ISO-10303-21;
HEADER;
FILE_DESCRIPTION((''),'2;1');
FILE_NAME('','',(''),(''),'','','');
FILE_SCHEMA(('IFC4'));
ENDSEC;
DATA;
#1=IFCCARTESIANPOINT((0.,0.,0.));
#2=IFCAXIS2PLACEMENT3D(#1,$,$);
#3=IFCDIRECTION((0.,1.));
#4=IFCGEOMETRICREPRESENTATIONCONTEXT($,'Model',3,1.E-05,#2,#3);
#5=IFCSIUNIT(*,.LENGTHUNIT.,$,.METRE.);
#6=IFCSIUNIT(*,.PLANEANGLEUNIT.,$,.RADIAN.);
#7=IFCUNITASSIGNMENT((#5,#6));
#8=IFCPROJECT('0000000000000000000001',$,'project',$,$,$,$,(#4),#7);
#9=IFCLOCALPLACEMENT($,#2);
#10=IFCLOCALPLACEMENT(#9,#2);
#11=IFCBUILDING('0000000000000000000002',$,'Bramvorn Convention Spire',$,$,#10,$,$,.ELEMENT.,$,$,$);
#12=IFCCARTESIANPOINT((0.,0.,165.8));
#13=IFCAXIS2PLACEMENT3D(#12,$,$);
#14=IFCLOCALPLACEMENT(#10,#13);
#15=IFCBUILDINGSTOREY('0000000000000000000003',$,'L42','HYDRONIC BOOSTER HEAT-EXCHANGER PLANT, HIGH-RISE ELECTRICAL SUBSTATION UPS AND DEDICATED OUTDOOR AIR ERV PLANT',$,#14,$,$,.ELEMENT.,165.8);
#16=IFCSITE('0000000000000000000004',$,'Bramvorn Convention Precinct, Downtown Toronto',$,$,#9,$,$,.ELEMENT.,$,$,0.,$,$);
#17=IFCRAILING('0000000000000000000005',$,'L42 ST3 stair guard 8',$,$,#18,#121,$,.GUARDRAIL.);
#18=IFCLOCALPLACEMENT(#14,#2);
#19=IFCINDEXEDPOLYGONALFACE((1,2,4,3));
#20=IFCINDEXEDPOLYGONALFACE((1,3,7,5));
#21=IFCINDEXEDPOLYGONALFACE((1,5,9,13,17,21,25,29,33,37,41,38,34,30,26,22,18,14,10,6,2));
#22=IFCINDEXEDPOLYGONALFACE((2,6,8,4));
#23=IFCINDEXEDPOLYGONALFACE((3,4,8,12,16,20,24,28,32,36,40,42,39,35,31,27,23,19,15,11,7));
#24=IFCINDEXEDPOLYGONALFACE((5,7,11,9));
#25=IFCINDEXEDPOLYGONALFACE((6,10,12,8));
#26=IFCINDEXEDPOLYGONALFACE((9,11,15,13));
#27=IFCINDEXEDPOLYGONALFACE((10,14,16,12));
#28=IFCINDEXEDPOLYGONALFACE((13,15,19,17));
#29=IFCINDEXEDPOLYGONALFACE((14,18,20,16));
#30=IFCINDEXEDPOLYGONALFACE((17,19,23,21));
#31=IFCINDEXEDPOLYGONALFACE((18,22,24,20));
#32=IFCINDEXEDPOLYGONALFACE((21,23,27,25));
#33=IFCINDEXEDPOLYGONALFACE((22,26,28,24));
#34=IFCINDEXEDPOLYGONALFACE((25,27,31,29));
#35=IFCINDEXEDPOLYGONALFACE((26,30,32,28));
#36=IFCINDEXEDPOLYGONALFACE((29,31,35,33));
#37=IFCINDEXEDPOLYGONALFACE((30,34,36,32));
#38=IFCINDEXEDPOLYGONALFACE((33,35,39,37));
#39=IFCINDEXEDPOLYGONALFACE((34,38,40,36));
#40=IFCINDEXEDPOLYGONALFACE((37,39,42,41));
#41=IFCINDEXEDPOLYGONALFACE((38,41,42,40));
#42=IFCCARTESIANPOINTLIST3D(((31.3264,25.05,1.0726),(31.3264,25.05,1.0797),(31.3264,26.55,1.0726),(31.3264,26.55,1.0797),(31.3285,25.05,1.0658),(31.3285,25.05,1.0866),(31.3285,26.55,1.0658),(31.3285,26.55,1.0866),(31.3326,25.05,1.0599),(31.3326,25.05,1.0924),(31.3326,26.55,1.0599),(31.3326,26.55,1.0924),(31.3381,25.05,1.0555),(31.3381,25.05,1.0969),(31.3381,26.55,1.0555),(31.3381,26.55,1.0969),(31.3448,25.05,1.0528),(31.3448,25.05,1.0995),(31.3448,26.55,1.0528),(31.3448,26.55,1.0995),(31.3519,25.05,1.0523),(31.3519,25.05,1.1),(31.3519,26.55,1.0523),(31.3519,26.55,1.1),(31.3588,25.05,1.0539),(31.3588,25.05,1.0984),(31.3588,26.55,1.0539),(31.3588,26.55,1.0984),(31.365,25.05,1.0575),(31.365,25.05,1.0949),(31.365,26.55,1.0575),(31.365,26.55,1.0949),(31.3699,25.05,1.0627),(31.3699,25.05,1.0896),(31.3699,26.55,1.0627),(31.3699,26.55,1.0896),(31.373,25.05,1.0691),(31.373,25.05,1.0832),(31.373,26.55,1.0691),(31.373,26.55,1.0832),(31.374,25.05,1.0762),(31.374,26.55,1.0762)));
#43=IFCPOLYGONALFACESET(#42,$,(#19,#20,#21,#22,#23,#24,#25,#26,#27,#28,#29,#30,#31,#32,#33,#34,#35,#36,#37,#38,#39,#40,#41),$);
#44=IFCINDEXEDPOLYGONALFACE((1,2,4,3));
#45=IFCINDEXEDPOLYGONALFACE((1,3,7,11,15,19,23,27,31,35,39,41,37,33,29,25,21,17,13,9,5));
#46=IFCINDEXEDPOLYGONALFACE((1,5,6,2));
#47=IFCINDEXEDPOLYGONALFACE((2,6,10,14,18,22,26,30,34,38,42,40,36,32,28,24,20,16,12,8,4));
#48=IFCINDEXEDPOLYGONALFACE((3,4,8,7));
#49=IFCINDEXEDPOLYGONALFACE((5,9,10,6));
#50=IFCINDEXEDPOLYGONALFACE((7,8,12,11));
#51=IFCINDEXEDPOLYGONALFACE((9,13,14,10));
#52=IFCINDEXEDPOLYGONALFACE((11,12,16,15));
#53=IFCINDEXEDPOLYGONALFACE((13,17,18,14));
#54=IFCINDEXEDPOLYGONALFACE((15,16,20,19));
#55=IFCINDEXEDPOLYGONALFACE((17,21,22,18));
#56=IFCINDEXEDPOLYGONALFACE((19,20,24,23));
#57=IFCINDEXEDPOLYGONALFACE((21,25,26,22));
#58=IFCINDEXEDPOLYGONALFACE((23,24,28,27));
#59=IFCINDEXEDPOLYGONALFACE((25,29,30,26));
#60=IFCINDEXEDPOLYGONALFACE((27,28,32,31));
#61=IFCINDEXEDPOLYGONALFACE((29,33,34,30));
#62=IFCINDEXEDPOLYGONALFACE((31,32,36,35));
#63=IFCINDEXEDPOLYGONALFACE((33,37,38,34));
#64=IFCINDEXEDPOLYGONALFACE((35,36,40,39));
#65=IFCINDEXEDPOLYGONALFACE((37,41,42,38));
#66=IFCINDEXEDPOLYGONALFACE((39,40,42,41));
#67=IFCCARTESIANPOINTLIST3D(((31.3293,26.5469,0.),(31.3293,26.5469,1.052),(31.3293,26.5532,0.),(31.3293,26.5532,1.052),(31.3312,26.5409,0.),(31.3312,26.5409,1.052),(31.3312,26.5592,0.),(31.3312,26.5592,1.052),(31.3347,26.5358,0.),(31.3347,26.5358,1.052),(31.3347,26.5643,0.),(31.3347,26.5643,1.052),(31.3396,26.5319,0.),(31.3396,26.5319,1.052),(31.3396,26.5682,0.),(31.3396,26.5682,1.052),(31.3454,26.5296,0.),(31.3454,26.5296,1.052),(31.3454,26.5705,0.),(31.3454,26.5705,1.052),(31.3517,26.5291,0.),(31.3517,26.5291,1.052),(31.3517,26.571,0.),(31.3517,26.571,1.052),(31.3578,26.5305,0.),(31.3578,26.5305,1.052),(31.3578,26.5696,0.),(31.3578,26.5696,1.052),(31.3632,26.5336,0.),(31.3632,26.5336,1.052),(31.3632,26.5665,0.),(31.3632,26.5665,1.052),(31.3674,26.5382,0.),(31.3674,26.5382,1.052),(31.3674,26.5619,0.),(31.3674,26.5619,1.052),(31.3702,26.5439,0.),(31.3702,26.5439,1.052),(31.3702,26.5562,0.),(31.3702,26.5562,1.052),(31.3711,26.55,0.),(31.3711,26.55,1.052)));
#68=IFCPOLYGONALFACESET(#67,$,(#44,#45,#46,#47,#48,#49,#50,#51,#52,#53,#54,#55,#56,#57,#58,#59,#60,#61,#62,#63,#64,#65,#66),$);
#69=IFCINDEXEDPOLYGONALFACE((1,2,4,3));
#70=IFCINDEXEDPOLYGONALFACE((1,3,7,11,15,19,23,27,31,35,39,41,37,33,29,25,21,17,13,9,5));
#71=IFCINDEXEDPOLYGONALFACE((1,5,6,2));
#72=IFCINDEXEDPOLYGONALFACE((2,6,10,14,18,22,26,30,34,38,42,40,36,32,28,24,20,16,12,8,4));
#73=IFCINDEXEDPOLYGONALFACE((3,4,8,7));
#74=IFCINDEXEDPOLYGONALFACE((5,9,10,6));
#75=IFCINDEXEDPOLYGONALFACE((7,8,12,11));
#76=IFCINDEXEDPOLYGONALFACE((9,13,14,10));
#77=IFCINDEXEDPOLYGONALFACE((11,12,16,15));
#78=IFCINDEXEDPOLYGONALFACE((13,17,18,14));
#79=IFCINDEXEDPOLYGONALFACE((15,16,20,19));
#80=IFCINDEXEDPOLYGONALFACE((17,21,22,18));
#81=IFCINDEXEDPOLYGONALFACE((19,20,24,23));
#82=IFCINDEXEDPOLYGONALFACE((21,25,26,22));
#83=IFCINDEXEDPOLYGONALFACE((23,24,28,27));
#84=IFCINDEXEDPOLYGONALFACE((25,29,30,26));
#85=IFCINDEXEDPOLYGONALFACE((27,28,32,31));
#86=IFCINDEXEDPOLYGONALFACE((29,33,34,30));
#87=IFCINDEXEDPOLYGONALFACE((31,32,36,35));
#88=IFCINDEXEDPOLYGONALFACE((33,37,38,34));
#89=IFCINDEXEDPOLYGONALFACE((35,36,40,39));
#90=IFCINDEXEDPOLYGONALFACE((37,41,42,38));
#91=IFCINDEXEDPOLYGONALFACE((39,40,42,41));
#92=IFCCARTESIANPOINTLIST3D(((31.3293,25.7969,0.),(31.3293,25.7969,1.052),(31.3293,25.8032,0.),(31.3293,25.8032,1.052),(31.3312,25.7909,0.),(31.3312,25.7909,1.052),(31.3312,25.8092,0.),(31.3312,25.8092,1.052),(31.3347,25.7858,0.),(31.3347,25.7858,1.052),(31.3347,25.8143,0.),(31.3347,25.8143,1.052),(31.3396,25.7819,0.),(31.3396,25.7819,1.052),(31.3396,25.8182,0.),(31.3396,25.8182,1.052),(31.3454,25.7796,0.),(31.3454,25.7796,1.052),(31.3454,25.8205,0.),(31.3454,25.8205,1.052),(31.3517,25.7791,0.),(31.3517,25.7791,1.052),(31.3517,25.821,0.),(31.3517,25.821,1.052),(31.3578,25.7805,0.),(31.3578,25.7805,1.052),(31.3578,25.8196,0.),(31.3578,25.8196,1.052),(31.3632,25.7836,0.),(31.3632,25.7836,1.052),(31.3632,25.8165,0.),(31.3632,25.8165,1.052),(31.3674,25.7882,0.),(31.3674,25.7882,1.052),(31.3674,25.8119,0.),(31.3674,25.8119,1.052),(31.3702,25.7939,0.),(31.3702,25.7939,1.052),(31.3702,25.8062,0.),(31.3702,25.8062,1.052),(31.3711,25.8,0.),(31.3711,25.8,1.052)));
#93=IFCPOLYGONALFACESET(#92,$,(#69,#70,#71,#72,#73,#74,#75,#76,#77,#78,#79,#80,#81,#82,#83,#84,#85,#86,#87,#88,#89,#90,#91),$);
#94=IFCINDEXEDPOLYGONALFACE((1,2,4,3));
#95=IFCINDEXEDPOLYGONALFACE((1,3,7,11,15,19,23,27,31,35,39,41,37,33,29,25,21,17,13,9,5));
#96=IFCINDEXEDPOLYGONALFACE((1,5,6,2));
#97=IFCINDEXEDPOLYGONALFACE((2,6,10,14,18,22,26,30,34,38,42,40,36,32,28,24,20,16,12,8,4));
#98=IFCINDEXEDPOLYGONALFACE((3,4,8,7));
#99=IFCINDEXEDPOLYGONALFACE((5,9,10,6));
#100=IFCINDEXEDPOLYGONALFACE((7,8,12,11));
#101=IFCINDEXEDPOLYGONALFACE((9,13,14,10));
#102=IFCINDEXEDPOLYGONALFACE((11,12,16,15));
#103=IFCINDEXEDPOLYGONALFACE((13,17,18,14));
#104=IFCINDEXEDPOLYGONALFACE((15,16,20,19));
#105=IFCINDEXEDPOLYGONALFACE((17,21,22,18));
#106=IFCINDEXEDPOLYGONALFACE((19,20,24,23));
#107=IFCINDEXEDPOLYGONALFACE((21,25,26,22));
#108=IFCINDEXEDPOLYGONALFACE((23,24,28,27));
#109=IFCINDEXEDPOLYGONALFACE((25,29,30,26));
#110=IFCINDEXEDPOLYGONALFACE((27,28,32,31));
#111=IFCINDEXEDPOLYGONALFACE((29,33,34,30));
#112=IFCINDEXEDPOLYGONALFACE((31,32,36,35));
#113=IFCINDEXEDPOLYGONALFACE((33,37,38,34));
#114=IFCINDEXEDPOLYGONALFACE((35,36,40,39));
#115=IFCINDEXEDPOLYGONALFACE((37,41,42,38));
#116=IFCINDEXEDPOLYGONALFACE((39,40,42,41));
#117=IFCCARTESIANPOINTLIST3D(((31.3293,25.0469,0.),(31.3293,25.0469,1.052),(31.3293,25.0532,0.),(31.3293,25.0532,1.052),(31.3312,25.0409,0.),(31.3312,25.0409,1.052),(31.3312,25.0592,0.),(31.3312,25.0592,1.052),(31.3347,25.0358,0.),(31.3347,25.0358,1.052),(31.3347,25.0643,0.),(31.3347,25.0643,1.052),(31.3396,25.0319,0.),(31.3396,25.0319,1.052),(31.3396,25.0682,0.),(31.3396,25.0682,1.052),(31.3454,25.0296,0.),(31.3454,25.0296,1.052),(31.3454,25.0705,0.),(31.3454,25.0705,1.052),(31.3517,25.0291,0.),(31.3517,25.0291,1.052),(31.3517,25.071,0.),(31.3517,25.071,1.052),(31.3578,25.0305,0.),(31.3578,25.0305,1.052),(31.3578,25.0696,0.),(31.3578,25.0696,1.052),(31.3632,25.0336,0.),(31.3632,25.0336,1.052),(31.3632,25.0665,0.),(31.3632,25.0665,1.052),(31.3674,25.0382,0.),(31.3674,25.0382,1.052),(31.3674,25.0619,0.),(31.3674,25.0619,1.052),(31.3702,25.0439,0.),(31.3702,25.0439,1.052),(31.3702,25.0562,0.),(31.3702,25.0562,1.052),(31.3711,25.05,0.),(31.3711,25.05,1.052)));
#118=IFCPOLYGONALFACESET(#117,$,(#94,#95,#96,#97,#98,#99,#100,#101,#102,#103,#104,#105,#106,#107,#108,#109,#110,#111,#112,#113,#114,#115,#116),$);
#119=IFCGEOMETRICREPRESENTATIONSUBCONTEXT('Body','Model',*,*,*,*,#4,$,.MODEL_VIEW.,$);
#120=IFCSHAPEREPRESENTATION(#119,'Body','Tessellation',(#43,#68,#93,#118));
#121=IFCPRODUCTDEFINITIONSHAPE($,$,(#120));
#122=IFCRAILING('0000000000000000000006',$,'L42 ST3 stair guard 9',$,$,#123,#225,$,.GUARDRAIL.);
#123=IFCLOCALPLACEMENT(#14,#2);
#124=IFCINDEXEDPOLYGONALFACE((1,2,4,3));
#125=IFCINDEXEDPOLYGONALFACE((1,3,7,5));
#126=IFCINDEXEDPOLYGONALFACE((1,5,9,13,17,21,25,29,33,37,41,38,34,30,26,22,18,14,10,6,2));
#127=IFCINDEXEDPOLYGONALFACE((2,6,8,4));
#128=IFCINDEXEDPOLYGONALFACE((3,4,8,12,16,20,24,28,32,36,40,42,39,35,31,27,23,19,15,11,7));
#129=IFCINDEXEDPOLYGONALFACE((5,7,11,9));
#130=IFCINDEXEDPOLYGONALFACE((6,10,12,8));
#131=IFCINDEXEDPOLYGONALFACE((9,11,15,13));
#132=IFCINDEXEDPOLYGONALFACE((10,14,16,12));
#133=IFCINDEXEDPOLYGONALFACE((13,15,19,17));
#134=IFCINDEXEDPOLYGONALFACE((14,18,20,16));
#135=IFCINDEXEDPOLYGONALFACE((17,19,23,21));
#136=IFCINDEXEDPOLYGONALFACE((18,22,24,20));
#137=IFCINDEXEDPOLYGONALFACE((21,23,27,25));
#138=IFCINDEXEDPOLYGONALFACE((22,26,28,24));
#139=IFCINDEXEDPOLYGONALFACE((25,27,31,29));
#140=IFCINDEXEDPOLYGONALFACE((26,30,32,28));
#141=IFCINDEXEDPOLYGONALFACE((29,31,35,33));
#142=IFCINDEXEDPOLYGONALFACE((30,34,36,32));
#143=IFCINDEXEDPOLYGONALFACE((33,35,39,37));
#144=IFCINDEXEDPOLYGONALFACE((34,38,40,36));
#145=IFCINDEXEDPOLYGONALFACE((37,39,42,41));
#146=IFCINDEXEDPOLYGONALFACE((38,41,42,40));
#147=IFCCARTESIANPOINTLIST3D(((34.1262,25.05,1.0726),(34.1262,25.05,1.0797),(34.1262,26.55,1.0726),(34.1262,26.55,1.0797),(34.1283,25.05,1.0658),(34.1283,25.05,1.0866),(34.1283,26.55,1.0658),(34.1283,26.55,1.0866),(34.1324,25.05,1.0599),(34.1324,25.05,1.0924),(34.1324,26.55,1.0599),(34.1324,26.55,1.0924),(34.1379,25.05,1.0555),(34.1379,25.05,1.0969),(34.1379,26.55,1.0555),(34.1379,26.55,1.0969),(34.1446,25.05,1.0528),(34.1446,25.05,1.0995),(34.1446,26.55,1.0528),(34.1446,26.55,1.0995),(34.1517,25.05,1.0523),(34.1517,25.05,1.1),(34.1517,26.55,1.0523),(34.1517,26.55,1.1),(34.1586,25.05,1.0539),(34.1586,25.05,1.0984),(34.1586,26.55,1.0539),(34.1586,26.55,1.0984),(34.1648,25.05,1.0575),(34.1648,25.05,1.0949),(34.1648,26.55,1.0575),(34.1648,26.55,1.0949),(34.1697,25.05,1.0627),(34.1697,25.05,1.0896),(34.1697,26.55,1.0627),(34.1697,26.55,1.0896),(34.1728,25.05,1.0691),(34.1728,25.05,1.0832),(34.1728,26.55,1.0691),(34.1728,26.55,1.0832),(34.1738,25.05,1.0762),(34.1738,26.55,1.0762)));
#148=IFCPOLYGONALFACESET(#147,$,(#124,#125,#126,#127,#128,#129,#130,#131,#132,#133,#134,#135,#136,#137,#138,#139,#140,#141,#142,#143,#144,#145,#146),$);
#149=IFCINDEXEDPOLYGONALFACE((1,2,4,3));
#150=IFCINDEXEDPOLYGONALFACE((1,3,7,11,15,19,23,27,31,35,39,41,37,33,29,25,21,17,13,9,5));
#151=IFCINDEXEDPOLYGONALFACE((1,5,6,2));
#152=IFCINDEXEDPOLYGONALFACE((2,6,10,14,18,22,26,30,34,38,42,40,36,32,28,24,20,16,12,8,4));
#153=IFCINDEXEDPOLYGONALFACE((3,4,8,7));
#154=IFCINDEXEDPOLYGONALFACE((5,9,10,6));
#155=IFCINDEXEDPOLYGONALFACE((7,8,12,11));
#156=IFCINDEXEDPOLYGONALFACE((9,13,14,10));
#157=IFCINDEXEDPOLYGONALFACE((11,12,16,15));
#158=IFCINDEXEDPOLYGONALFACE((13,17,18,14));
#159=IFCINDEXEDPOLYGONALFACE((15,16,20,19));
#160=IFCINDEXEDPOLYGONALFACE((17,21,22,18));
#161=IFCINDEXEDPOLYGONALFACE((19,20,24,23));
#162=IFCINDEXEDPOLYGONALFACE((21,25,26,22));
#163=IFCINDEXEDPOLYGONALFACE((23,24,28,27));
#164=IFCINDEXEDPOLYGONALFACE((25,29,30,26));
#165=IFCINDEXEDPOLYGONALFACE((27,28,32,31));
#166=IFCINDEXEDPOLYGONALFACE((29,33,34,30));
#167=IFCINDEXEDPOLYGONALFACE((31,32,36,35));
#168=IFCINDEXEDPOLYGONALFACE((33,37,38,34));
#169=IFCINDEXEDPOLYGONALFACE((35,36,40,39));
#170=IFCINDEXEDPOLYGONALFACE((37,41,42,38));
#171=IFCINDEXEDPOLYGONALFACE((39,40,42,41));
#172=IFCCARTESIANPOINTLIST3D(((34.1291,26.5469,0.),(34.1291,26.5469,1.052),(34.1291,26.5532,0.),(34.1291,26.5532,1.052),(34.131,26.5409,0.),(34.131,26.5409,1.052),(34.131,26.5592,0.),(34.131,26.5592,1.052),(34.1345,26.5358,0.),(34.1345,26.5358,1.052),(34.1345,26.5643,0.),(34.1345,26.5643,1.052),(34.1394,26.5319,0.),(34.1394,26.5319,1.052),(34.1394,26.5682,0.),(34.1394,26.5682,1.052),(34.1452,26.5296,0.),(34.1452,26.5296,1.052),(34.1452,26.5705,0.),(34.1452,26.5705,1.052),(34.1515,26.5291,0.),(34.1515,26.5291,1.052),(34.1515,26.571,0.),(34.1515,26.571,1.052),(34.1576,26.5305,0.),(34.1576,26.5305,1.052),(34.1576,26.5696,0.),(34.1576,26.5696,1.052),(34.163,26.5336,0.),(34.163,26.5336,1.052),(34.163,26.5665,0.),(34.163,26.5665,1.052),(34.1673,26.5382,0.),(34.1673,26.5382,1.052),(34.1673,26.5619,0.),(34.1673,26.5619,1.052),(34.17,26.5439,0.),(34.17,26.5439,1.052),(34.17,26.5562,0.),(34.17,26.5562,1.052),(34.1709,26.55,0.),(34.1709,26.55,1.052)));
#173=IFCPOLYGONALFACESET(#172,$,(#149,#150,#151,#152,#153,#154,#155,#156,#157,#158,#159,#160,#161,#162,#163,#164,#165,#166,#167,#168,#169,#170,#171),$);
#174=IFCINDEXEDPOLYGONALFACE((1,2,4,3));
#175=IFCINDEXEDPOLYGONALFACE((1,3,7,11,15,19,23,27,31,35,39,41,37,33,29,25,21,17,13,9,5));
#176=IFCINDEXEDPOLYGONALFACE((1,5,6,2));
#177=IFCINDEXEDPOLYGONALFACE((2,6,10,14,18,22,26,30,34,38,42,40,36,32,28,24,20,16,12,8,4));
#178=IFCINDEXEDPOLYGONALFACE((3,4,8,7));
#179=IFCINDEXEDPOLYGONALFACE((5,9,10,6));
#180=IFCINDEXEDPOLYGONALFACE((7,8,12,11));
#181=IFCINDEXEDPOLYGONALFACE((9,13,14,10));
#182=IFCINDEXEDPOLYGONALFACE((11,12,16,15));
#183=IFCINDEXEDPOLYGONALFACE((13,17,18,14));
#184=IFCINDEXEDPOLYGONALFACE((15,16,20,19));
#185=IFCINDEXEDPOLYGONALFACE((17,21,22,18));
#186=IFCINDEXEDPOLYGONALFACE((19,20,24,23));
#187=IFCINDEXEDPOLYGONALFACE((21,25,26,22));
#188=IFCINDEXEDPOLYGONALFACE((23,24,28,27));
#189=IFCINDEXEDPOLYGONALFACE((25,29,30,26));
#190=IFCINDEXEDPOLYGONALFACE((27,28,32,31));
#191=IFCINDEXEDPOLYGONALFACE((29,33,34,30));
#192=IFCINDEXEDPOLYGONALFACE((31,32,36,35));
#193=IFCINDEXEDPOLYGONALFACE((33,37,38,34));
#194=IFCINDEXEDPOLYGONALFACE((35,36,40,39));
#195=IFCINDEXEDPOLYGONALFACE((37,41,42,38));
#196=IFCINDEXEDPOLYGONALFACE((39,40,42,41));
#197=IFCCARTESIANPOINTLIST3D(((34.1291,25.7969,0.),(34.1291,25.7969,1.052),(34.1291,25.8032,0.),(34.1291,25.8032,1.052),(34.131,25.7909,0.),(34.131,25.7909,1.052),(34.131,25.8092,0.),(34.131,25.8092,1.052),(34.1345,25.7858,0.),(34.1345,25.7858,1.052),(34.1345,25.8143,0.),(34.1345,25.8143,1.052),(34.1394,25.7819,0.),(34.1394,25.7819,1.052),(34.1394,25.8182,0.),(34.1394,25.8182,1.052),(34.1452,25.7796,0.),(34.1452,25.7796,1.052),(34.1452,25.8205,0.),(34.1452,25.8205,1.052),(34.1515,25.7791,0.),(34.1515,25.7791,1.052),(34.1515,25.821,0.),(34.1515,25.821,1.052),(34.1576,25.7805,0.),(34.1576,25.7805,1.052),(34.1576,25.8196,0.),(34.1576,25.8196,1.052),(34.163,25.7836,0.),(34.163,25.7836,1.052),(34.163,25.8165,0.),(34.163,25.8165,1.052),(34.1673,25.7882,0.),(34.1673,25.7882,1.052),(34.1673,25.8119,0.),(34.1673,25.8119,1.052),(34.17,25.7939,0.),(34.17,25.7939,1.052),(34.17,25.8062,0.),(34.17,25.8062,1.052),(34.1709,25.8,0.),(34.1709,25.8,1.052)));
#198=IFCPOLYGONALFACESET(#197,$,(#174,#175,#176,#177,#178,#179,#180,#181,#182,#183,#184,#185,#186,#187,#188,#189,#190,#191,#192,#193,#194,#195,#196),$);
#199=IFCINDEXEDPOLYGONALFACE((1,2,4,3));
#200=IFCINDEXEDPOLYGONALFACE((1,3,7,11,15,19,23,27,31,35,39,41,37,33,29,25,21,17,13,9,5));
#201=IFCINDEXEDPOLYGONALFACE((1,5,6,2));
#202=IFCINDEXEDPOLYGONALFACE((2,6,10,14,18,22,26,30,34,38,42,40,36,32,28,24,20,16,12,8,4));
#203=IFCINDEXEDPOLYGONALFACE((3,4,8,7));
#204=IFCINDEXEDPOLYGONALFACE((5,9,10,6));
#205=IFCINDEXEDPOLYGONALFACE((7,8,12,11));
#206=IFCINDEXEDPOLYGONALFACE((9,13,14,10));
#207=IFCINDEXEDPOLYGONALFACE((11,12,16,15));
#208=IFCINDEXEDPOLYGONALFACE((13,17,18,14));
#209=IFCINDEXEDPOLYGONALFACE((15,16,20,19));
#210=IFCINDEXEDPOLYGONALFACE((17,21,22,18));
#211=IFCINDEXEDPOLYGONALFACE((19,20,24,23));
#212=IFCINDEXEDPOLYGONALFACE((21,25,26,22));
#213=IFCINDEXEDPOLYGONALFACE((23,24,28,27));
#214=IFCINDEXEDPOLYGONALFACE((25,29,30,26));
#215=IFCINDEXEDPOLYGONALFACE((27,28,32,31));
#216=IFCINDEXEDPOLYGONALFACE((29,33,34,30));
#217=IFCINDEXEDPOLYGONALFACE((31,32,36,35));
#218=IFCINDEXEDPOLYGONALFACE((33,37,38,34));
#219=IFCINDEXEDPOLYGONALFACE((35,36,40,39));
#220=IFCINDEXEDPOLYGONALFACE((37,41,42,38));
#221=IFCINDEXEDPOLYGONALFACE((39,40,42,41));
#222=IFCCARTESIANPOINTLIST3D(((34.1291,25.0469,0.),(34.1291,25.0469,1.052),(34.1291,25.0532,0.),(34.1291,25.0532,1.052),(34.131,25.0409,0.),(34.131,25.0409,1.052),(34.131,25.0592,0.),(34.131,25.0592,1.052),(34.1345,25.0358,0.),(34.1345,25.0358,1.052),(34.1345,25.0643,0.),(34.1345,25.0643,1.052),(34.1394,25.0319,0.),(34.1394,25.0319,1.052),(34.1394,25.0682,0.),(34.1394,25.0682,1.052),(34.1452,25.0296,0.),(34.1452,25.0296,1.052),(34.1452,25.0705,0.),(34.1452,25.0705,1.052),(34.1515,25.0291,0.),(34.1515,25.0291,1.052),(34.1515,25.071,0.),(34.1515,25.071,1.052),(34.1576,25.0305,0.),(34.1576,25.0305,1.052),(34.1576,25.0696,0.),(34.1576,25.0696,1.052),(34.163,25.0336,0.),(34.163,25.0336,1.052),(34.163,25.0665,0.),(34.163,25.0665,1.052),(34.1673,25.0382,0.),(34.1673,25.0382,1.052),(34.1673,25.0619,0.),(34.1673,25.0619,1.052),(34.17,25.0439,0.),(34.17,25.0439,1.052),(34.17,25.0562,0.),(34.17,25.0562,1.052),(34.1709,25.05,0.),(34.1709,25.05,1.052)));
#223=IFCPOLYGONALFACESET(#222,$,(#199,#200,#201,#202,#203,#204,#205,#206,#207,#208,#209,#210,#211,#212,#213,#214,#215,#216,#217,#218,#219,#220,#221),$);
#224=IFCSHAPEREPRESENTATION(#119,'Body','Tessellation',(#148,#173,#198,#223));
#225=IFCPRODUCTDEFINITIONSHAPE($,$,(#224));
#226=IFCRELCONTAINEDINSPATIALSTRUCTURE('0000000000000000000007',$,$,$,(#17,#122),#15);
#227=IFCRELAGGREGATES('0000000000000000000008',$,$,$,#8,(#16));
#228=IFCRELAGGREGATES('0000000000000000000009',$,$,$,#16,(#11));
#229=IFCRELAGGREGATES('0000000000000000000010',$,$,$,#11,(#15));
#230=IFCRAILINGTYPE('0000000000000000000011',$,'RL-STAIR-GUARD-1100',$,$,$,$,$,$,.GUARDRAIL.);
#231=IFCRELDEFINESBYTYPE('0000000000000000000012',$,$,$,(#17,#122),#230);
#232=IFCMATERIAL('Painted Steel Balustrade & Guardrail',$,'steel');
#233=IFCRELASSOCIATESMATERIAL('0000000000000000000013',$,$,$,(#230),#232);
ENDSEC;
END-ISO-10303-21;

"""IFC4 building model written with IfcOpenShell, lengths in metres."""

from ifc_helpers import new_model, si_unit, direction, frame, origin, origin_2d, place, context, subcontext, project, spatial, circle, extrude, material, type_object, element, save


model = new_model("IFC4")

# Units and contexts
model_context = context("Model", 3, precision=1e-05, world=origin(), true_north=direction((0.0, 1.0)))
body_context = subcontext(model_context, "Body", "Model", "MODEL_VIEW")
ifc_project = project(units=[si_unit("LENGTHUNIT", "METRE"), si_unit("PLANEANGLEUNIT", "RADIAN")], contexts=[model_context])

# Site, building, storey
site_placement = place(None, origin())
site = spatial("IfcSite", under=ifc_project, at=site_placement, Name="Bramvorn Convention Precinct, Downtown Toronto", CompositionType="ELEMENT", RefElevation=0.0)
building_placement = place(site_placement, origin())
building = spatial("IfcBuilding", under=site, at=building_placement, Name="Bramvorn Convention Spire", CompositionType="ELEMENT")
storey_placement = place(building_placement, frame((0.0, 0.0, 165.8)))
storey = spatial("IfcBuildingStorey", under=building, at=storey_placement, Name="L42", Description="HYDRONIC BOOSTER HEAT-EXCHANGER PLANT, HIGH-RISE ELECTRICAL SUBSTATION UPS AND DEDICATED OUTDOOR AIR ERV PLANT", CompositionType="ELEMENT", Elevation=165.8)

# Railings
ifc_material_1 = material(Name="Painted Steel Balustrade & Guardrail", Category="steel")
railing_type = type_object("IfcRailingType", Name="RL-STAIR-GUARD-1100", PredefinedType="GUARDRAIL", material=ifc_material_1)
for number, where, name in (
    (1, (31.3501, 26.55, 0.0), "L42 ST3 stair guard 8"),
    (2, (34.1499, 26.55, 0.0), "L42 ST3 stair guard 9"),
):
    element("IfcRailing", number, at=place(storey_placement, frame(where)), inside=storey, type_object=railing_type, Name=name, PredefinedType="GUARDRAIL", context=body_context, shape_type="SweptSolid", body=[
        extrude(circle(Radius=0.0239, at=origin_2d()), frame((0.0, 0.0, 1.0762), z_axis=(0.0, -1.0, 0.0), x_axis=(1.0, 0.0, 0.0)), (0.0, 0.0, 1.0), 1.5),
        extrude(circle(Radius=0.021, at=origin_2d()), origin(), (0.0, 0.0, 1.0), 1.052),
        extrude(circle(Radius=0.021, at=origin_2d()), frame((0.0, -0.75, 0.0)), (0.0, 0.0, 1.0), 1.052),
        extrude(circle(Radius=0.021, at=origin_2d()), frame((0.0, -1.5, 0.0)), (0.0, 0.0, 1.0), 1.052),
    ])

save(model, "model.ifc")
